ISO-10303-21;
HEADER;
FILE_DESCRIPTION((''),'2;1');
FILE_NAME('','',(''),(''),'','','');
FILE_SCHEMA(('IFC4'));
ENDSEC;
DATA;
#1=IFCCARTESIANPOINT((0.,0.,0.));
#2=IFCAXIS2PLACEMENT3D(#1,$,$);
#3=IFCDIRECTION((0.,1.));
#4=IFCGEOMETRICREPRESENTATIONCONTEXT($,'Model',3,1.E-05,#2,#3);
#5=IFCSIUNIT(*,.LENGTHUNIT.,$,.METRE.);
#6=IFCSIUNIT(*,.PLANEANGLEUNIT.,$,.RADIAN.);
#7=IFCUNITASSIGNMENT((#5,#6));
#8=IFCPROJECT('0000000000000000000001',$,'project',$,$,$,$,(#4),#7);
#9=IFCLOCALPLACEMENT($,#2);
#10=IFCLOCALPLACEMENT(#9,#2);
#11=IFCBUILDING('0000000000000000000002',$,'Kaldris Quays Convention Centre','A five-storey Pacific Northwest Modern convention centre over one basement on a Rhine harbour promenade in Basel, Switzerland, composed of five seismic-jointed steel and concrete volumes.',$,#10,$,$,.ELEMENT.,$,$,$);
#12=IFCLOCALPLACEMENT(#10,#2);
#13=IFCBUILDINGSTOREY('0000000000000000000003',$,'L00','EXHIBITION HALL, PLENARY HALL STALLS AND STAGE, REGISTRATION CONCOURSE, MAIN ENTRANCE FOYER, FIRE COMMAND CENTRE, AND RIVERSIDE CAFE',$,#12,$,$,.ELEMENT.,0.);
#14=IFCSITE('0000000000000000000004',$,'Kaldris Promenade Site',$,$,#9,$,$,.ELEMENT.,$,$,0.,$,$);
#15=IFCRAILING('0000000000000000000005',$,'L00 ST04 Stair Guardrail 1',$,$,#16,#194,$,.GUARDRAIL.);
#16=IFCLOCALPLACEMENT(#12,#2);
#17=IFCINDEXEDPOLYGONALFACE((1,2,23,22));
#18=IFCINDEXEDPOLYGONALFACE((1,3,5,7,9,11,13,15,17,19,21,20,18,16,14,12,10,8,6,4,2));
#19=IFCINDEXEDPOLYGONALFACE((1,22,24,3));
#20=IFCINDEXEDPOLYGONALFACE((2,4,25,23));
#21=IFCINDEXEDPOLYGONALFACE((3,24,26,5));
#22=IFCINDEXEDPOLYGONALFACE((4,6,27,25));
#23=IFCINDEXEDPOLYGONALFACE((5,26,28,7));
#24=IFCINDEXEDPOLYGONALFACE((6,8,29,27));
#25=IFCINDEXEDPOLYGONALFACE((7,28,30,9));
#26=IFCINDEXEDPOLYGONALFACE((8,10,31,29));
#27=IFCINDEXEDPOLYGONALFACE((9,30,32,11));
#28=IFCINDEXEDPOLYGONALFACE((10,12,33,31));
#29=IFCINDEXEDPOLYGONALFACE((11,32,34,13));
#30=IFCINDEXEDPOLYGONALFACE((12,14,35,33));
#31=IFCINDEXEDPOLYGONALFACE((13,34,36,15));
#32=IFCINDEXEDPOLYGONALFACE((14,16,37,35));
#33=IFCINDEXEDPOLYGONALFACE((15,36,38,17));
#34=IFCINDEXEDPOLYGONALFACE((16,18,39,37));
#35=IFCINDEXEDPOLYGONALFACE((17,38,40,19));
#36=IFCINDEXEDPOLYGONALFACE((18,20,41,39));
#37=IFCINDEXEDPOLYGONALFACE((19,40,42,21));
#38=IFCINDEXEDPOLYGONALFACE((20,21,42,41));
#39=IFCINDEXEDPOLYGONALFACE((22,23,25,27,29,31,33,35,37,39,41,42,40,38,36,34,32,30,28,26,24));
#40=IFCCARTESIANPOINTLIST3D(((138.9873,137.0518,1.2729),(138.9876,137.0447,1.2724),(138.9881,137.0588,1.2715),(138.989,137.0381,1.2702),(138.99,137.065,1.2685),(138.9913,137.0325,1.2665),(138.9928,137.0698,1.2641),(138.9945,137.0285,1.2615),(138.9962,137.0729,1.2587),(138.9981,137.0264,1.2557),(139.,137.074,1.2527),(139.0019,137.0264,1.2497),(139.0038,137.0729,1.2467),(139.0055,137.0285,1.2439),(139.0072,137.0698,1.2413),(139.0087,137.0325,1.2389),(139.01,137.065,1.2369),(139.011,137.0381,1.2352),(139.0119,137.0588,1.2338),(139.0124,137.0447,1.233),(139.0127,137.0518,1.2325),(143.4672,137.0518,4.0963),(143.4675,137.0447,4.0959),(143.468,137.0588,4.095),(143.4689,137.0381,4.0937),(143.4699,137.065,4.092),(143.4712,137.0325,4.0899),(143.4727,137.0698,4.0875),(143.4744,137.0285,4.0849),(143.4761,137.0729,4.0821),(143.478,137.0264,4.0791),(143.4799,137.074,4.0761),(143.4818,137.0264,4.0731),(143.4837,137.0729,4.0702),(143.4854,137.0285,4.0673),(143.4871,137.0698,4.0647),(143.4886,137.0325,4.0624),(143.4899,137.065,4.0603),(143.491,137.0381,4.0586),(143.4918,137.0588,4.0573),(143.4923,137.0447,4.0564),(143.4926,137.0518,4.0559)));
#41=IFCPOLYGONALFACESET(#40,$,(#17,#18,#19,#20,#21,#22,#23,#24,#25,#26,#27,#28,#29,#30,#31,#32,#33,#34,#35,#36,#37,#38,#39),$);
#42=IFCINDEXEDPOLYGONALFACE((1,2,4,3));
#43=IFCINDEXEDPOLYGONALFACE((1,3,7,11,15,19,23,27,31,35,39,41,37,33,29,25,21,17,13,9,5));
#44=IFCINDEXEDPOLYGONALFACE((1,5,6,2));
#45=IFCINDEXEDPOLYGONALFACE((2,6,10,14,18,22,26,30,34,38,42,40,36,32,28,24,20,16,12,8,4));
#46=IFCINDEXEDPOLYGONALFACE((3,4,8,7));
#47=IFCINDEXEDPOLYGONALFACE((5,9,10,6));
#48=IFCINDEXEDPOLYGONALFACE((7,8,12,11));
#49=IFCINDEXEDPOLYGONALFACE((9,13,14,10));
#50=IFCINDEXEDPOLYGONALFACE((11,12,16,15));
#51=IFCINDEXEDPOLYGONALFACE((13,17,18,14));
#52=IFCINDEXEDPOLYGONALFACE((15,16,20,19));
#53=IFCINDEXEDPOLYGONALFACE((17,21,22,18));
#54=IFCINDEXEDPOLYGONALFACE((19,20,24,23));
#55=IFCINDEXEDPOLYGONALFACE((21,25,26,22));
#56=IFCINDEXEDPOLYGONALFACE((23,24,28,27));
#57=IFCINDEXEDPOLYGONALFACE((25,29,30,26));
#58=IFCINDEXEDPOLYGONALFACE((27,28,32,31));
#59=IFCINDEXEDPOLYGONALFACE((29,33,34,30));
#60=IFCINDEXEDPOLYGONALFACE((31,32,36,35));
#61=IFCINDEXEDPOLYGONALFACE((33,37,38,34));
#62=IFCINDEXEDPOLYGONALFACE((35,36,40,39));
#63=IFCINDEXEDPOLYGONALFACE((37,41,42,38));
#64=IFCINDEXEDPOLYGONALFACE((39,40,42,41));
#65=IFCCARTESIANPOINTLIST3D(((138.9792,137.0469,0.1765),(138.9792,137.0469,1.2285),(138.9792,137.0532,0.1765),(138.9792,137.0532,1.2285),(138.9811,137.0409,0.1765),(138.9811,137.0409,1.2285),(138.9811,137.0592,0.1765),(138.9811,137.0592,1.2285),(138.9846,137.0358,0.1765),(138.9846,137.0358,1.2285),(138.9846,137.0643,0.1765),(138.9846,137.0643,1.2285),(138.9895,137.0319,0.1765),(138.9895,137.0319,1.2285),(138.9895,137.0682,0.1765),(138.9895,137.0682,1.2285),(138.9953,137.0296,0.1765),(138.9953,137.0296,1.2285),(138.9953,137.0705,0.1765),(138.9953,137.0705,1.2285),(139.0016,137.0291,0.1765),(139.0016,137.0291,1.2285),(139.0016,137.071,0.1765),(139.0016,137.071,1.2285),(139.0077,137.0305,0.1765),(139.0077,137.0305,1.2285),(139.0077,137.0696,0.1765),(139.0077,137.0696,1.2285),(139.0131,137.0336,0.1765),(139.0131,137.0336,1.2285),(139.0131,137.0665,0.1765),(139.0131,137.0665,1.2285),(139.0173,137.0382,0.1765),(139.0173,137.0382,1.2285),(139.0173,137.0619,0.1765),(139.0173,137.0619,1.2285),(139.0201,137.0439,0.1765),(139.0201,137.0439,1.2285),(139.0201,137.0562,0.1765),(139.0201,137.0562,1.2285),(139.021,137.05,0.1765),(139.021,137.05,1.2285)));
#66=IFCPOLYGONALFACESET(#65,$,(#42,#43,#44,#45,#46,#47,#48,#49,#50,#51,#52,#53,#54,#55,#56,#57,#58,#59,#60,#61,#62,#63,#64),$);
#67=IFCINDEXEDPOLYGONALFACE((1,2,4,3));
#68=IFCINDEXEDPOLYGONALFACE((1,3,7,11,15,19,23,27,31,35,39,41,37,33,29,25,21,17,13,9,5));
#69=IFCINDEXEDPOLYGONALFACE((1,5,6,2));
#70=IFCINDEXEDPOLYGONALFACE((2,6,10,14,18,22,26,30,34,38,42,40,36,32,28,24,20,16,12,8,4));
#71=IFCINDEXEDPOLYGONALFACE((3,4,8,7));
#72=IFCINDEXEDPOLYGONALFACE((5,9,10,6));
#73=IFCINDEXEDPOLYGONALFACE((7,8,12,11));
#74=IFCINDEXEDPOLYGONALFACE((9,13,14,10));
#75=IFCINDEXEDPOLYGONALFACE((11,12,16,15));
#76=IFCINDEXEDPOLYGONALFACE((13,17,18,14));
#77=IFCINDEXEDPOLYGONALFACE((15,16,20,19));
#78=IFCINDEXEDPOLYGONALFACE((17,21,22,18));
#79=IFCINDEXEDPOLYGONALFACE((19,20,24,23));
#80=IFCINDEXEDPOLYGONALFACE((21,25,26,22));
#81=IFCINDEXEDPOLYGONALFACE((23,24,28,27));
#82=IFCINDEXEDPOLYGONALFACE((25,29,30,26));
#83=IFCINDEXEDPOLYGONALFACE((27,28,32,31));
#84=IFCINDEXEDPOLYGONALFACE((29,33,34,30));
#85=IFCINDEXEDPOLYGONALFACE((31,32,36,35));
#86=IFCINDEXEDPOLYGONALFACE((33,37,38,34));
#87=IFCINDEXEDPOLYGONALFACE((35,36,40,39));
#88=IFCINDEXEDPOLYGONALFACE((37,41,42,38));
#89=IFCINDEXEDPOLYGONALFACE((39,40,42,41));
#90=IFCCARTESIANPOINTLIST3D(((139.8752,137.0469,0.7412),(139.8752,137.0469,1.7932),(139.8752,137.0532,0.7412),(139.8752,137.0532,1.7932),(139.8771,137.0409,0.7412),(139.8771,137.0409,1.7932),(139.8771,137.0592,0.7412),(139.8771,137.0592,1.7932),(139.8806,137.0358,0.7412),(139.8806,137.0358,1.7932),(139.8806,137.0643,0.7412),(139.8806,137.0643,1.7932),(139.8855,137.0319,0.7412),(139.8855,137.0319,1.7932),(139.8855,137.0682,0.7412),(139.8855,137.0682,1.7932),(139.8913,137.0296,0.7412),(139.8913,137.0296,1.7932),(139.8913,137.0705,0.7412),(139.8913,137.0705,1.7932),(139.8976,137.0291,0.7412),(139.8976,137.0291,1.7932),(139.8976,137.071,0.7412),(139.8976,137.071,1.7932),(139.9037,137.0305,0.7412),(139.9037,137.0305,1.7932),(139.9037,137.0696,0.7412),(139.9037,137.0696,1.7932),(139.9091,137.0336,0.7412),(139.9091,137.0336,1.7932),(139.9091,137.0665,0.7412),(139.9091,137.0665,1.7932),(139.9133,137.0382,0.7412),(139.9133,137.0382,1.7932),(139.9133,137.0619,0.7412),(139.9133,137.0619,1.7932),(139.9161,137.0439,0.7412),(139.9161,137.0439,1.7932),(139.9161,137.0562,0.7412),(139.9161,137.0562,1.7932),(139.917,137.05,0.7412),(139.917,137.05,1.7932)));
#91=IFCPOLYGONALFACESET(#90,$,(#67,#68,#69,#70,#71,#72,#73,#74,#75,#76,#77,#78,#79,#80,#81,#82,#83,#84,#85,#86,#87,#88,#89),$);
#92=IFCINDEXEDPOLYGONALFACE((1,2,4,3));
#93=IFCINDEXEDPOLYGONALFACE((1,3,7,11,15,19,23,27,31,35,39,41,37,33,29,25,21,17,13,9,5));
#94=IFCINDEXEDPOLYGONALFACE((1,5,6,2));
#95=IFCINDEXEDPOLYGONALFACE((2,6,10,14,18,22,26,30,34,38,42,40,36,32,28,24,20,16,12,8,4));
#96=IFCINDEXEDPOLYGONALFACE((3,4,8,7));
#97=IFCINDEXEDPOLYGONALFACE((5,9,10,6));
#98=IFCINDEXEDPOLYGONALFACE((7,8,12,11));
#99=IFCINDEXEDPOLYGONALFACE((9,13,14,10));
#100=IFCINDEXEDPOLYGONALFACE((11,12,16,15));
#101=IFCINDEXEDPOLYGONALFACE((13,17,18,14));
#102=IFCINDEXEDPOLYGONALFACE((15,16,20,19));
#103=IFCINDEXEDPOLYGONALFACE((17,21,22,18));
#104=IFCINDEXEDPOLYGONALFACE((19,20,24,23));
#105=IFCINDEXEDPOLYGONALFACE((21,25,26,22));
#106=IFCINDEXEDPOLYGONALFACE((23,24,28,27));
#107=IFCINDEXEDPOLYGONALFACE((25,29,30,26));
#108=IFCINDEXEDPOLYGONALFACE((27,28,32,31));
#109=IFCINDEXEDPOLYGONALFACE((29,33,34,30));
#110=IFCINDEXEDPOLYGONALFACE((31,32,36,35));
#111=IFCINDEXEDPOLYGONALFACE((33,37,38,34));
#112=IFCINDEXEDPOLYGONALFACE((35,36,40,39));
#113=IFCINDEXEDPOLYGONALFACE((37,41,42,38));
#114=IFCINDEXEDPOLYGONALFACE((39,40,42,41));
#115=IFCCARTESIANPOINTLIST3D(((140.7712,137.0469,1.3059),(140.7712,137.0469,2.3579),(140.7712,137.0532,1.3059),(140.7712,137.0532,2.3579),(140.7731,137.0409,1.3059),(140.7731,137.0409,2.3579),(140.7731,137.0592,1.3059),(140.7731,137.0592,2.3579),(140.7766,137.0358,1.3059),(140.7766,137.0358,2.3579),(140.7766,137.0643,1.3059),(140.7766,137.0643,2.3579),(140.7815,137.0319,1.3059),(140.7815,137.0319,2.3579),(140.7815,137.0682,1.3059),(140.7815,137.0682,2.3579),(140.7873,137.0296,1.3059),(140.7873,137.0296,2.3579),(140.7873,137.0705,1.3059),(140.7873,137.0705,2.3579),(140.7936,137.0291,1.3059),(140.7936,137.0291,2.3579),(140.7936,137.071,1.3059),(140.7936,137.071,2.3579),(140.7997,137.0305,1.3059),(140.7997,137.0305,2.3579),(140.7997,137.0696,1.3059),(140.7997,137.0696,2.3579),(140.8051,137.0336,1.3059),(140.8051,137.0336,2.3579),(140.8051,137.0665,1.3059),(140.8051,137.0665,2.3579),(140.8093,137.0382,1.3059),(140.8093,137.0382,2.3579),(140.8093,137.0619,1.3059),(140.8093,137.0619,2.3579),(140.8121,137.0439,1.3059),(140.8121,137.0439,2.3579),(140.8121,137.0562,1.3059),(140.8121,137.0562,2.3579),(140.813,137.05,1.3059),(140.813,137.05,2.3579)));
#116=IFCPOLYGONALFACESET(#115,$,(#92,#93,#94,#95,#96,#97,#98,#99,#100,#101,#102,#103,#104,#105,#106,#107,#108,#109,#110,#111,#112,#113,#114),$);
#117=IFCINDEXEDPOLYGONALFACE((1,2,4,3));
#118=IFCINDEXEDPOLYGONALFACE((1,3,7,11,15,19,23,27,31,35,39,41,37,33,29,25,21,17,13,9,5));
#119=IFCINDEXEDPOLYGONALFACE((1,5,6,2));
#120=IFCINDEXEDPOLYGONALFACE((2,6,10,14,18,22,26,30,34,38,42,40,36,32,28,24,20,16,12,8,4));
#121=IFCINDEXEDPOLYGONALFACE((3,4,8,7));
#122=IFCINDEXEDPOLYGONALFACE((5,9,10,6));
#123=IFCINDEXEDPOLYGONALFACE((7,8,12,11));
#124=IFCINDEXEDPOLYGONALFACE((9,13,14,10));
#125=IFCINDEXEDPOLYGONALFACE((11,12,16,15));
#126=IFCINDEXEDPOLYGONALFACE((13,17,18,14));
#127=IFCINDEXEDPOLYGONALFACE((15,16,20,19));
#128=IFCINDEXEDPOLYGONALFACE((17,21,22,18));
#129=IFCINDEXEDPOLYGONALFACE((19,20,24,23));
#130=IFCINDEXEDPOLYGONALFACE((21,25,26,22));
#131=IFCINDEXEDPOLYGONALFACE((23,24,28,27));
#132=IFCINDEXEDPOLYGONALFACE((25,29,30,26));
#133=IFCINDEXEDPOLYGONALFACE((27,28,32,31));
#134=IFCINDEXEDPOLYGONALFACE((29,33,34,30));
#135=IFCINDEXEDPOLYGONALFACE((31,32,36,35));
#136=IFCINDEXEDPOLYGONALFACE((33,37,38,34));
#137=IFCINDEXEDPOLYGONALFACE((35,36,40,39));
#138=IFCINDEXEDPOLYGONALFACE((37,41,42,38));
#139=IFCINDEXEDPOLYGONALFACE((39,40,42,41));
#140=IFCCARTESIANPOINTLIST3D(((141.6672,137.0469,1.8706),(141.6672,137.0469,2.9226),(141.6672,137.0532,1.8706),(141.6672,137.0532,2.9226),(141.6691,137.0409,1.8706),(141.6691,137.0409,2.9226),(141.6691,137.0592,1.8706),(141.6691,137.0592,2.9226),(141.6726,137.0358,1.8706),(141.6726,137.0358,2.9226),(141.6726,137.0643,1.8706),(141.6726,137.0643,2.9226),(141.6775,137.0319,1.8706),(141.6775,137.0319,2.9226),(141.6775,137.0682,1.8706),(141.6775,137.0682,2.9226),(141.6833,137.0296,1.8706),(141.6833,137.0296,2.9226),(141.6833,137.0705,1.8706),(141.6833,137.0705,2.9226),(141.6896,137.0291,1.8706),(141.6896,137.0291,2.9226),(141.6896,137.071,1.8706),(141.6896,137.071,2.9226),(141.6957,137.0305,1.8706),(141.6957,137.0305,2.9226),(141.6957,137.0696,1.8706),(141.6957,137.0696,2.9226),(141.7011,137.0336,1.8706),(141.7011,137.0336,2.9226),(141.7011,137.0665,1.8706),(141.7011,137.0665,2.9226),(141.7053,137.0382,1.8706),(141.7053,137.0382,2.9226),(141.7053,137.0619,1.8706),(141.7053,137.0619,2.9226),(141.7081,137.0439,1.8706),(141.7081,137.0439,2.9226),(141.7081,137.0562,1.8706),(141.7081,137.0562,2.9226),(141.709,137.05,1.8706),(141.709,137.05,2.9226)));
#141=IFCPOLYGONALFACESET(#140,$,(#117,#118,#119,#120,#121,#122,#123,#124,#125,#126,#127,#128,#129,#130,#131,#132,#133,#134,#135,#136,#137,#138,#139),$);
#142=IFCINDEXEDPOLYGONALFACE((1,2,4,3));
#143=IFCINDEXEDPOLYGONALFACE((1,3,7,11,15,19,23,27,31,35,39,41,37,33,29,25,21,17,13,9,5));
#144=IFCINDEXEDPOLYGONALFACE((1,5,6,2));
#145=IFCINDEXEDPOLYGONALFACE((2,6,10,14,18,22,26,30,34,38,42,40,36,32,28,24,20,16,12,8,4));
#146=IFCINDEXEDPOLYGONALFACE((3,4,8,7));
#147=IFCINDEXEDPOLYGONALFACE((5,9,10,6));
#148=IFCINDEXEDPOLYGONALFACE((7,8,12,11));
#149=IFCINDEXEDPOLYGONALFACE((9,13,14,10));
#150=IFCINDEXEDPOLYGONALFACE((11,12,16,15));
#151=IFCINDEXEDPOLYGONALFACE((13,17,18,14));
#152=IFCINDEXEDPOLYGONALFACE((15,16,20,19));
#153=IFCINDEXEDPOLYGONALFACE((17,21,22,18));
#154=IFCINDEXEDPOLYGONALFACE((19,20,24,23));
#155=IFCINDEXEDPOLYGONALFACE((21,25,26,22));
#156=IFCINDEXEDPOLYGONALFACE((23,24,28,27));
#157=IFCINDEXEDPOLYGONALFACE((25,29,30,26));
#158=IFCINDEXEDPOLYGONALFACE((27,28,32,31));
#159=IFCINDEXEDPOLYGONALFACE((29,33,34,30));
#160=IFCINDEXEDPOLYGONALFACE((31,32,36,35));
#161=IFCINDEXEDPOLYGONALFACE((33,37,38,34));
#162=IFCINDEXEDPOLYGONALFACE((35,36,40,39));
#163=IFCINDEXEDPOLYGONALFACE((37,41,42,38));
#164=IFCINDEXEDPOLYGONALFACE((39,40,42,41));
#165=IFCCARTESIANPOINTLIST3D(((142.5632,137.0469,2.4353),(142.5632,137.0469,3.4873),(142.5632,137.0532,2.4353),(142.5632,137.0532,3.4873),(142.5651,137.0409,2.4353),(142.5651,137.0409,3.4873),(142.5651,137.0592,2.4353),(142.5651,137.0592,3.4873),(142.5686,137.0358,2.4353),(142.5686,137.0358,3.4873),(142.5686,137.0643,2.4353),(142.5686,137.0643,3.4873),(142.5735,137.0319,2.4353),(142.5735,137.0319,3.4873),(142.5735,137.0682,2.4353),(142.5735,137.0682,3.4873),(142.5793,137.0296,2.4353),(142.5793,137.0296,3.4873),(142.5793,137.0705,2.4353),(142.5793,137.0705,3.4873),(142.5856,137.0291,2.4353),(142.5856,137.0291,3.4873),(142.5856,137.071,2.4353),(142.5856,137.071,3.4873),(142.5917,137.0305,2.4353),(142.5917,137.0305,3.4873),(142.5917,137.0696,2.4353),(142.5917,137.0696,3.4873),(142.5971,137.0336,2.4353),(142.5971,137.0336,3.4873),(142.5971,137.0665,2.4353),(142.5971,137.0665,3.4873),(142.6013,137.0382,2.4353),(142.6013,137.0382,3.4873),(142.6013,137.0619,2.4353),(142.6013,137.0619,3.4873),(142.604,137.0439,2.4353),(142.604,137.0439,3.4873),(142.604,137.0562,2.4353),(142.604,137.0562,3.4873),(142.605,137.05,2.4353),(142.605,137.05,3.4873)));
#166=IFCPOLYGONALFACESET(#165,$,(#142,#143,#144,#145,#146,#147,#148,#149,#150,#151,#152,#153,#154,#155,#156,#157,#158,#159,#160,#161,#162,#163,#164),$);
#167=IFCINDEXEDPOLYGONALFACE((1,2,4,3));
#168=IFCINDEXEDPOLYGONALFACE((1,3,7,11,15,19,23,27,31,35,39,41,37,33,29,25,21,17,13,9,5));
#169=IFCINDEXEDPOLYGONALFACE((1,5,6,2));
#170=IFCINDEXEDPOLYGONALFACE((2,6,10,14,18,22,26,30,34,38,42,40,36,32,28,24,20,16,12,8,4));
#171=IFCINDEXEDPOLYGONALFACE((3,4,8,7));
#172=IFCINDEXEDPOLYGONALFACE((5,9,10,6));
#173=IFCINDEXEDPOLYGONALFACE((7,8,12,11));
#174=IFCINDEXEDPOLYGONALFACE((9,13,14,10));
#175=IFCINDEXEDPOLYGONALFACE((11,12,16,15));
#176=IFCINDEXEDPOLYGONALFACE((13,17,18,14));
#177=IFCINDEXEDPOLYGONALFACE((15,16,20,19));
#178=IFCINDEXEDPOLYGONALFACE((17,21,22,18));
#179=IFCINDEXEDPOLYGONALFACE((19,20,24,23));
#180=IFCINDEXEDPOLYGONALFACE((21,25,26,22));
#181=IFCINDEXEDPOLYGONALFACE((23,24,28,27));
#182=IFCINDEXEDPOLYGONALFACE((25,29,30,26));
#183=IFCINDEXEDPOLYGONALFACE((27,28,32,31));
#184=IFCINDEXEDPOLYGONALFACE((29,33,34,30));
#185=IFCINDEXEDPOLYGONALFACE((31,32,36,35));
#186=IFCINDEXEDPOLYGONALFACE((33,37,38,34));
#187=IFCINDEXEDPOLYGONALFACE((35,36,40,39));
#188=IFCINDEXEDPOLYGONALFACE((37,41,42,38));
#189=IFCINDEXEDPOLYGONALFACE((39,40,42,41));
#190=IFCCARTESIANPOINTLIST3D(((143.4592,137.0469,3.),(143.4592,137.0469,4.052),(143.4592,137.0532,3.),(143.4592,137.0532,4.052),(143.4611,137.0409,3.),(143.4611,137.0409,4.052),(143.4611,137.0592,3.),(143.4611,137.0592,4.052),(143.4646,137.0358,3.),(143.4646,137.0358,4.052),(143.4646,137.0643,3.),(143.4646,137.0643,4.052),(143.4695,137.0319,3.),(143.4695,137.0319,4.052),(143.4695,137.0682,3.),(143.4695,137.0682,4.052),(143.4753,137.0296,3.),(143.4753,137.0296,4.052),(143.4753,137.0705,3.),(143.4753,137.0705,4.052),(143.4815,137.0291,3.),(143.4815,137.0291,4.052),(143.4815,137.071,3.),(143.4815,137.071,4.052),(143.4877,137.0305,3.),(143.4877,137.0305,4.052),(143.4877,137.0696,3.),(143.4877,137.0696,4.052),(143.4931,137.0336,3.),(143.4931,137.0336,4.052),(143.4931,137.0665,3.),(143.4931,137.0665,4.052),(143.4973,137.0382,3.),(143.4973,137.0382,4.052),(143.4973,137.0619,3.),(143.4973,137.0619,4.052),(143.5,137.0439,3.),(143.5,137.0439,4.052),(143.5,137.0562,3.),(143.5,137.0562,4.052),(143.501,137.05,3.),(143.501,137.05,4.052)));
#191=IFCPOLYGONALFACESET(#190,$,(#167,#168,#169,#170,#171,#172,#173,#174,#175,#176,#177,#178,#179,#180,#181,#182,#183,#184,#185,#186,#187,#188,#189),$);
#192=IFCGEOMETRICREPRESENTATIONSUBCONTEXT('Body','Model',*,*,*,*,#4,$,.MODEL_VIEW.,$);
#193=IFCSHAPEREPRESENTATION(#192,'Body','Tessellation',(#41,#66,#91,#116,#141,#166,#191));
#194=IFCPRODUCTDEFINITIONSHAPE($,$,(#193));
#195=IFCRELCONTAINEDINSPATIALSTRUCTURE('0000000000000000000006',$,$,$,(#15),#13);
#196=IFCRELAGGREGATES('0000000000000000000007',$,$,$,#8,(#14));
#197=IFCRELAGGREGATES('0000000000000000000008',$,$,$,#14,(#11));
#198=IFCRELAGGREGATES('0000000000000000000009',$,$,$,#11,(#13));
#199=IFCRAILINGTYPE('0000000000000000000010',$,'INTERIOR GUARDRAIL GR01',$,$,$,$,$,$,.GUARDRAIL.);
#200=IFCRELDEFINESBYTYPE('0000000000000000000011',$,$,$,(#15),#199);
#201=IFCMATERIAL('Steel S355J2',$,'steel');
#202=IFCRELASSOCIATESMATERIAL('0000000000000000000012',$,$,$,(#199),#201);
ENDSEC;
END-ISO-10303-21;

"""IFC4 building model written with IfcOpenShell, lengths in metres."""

from ifc_helpers import new_model, si_unit, direction, frame, origin, origin_2d, place, context, subcontext, project, spatial, circle, extrude, material, type_object, element, save


model = new_model("IFC4")

# Units and contexts
model_context = context("Model", 3, precision=1e-05, world=origin(), true_north=direction((0.0, 1.0)))
body_context = subcontext(model_context, "Body", "Model", "MODEL_VIEW")
ifc_project = project(units=[si_unit("LENGTHUNIT", "METRE"), si_unit("PLANEANGLEUNIT", "RADIAN")], contexts=[model_context])

# Site, building, storey
site_placement = place(None, origin())
site = spatial("IfcSite", under=ifc_project, at=site_placement, Name="Kaldris Promenade Site", CompositionType="ELEMENT", RefElevation=0.0)
building_placement = place(site_placement, origin())
building = spatial("IfcBuilding", under=site, at=building_placement, Name="Kaldris Quays Convention Centre", Description="A five-storey Pacific Northwest Modern convention centre over one basement on a Rhine harbour promenade in Basel, Switzerland, composed of five seismic-jointed steel and concrete volumes.", CompositionType="ELEMENT")
storey_placement = place(building_placement, origin())
storey = spatial("IfcBuildingStorey", under=building, at=storey_placement, Name="L00", Description="EXHIBITION HALL, PLENARY HALL STALLS AND STAGE, REGISTRATION CONCOURSE, MAIN ENTRANCE FOYER, FIRE COMMAND CENTRE, AND RIVERSIDE CAFE", CompositionType="ELEMENT", Elevation=0.0)

# Shared definitions
ifc_material_1 = material(Name="Steel S355J2", Category="steel")

# Railing
railing_type_1 = type_object("IfcRailingType", Name="INTERIOR GUARDRAIL GR01", PredefinedType="GUARDRAIL", material=ifc_material_1)
railing_1_placement = place(storey_placement, frame((139.0, 137.05, 0.1765)))
element("IfcRailing", 1, at=railing_1_placement, inside=storey, type_object=railing_type_1, Name="L00 ST04 Stair Guardrail 1", PredefinedType="GUARDRAIL", context=body_context, shape_type="SweptSolid", body=[
    extrude(circle(Radius=0.0239, at=origin_2d()), frame((0.0, 0.0, 1.0762), z_axis=(0.845998, 0.0, 0.533186), x_axis=(0.0, 1.0, 0.0)), (0.0, 0.0, 1.0), 5.2954),
    extrude(circle(Radius=0.021, at=origin_2d()), origin(), (0.0, 0.0, 1.0), 1.052),
    extrude(circle(Radius=0.021, at=origin_2d()), frame((0.896, 0.0, 0.5647)), (0.0, 0.0, 1.0), 1.052),
    extrude(circle(Radius=0.021, at=origin_2d()), frame((1.792, 0.0, 1.1294)), (0.0, 0.0, 1.0), 1.052),
    extrude(circle(Radius=0.021, at=origin_2d()), frame((2.688, 0.0, 1.6941)), (0.0, 0.0, 1.0), 1.052),
    extrude(circle(Radius=0.021, at=origin_2d()), frame((3.584, 0.0, 2.2588)), (0.0, 0.0, 1.0), 1.052),
    extrude(circle(Radius=0.021, at=origin_2d()), frame((4.48, 0.0, 2.8235)), (0.0, 0.0, 1.0), 1.052),
])

save(model, "model.ifc")
